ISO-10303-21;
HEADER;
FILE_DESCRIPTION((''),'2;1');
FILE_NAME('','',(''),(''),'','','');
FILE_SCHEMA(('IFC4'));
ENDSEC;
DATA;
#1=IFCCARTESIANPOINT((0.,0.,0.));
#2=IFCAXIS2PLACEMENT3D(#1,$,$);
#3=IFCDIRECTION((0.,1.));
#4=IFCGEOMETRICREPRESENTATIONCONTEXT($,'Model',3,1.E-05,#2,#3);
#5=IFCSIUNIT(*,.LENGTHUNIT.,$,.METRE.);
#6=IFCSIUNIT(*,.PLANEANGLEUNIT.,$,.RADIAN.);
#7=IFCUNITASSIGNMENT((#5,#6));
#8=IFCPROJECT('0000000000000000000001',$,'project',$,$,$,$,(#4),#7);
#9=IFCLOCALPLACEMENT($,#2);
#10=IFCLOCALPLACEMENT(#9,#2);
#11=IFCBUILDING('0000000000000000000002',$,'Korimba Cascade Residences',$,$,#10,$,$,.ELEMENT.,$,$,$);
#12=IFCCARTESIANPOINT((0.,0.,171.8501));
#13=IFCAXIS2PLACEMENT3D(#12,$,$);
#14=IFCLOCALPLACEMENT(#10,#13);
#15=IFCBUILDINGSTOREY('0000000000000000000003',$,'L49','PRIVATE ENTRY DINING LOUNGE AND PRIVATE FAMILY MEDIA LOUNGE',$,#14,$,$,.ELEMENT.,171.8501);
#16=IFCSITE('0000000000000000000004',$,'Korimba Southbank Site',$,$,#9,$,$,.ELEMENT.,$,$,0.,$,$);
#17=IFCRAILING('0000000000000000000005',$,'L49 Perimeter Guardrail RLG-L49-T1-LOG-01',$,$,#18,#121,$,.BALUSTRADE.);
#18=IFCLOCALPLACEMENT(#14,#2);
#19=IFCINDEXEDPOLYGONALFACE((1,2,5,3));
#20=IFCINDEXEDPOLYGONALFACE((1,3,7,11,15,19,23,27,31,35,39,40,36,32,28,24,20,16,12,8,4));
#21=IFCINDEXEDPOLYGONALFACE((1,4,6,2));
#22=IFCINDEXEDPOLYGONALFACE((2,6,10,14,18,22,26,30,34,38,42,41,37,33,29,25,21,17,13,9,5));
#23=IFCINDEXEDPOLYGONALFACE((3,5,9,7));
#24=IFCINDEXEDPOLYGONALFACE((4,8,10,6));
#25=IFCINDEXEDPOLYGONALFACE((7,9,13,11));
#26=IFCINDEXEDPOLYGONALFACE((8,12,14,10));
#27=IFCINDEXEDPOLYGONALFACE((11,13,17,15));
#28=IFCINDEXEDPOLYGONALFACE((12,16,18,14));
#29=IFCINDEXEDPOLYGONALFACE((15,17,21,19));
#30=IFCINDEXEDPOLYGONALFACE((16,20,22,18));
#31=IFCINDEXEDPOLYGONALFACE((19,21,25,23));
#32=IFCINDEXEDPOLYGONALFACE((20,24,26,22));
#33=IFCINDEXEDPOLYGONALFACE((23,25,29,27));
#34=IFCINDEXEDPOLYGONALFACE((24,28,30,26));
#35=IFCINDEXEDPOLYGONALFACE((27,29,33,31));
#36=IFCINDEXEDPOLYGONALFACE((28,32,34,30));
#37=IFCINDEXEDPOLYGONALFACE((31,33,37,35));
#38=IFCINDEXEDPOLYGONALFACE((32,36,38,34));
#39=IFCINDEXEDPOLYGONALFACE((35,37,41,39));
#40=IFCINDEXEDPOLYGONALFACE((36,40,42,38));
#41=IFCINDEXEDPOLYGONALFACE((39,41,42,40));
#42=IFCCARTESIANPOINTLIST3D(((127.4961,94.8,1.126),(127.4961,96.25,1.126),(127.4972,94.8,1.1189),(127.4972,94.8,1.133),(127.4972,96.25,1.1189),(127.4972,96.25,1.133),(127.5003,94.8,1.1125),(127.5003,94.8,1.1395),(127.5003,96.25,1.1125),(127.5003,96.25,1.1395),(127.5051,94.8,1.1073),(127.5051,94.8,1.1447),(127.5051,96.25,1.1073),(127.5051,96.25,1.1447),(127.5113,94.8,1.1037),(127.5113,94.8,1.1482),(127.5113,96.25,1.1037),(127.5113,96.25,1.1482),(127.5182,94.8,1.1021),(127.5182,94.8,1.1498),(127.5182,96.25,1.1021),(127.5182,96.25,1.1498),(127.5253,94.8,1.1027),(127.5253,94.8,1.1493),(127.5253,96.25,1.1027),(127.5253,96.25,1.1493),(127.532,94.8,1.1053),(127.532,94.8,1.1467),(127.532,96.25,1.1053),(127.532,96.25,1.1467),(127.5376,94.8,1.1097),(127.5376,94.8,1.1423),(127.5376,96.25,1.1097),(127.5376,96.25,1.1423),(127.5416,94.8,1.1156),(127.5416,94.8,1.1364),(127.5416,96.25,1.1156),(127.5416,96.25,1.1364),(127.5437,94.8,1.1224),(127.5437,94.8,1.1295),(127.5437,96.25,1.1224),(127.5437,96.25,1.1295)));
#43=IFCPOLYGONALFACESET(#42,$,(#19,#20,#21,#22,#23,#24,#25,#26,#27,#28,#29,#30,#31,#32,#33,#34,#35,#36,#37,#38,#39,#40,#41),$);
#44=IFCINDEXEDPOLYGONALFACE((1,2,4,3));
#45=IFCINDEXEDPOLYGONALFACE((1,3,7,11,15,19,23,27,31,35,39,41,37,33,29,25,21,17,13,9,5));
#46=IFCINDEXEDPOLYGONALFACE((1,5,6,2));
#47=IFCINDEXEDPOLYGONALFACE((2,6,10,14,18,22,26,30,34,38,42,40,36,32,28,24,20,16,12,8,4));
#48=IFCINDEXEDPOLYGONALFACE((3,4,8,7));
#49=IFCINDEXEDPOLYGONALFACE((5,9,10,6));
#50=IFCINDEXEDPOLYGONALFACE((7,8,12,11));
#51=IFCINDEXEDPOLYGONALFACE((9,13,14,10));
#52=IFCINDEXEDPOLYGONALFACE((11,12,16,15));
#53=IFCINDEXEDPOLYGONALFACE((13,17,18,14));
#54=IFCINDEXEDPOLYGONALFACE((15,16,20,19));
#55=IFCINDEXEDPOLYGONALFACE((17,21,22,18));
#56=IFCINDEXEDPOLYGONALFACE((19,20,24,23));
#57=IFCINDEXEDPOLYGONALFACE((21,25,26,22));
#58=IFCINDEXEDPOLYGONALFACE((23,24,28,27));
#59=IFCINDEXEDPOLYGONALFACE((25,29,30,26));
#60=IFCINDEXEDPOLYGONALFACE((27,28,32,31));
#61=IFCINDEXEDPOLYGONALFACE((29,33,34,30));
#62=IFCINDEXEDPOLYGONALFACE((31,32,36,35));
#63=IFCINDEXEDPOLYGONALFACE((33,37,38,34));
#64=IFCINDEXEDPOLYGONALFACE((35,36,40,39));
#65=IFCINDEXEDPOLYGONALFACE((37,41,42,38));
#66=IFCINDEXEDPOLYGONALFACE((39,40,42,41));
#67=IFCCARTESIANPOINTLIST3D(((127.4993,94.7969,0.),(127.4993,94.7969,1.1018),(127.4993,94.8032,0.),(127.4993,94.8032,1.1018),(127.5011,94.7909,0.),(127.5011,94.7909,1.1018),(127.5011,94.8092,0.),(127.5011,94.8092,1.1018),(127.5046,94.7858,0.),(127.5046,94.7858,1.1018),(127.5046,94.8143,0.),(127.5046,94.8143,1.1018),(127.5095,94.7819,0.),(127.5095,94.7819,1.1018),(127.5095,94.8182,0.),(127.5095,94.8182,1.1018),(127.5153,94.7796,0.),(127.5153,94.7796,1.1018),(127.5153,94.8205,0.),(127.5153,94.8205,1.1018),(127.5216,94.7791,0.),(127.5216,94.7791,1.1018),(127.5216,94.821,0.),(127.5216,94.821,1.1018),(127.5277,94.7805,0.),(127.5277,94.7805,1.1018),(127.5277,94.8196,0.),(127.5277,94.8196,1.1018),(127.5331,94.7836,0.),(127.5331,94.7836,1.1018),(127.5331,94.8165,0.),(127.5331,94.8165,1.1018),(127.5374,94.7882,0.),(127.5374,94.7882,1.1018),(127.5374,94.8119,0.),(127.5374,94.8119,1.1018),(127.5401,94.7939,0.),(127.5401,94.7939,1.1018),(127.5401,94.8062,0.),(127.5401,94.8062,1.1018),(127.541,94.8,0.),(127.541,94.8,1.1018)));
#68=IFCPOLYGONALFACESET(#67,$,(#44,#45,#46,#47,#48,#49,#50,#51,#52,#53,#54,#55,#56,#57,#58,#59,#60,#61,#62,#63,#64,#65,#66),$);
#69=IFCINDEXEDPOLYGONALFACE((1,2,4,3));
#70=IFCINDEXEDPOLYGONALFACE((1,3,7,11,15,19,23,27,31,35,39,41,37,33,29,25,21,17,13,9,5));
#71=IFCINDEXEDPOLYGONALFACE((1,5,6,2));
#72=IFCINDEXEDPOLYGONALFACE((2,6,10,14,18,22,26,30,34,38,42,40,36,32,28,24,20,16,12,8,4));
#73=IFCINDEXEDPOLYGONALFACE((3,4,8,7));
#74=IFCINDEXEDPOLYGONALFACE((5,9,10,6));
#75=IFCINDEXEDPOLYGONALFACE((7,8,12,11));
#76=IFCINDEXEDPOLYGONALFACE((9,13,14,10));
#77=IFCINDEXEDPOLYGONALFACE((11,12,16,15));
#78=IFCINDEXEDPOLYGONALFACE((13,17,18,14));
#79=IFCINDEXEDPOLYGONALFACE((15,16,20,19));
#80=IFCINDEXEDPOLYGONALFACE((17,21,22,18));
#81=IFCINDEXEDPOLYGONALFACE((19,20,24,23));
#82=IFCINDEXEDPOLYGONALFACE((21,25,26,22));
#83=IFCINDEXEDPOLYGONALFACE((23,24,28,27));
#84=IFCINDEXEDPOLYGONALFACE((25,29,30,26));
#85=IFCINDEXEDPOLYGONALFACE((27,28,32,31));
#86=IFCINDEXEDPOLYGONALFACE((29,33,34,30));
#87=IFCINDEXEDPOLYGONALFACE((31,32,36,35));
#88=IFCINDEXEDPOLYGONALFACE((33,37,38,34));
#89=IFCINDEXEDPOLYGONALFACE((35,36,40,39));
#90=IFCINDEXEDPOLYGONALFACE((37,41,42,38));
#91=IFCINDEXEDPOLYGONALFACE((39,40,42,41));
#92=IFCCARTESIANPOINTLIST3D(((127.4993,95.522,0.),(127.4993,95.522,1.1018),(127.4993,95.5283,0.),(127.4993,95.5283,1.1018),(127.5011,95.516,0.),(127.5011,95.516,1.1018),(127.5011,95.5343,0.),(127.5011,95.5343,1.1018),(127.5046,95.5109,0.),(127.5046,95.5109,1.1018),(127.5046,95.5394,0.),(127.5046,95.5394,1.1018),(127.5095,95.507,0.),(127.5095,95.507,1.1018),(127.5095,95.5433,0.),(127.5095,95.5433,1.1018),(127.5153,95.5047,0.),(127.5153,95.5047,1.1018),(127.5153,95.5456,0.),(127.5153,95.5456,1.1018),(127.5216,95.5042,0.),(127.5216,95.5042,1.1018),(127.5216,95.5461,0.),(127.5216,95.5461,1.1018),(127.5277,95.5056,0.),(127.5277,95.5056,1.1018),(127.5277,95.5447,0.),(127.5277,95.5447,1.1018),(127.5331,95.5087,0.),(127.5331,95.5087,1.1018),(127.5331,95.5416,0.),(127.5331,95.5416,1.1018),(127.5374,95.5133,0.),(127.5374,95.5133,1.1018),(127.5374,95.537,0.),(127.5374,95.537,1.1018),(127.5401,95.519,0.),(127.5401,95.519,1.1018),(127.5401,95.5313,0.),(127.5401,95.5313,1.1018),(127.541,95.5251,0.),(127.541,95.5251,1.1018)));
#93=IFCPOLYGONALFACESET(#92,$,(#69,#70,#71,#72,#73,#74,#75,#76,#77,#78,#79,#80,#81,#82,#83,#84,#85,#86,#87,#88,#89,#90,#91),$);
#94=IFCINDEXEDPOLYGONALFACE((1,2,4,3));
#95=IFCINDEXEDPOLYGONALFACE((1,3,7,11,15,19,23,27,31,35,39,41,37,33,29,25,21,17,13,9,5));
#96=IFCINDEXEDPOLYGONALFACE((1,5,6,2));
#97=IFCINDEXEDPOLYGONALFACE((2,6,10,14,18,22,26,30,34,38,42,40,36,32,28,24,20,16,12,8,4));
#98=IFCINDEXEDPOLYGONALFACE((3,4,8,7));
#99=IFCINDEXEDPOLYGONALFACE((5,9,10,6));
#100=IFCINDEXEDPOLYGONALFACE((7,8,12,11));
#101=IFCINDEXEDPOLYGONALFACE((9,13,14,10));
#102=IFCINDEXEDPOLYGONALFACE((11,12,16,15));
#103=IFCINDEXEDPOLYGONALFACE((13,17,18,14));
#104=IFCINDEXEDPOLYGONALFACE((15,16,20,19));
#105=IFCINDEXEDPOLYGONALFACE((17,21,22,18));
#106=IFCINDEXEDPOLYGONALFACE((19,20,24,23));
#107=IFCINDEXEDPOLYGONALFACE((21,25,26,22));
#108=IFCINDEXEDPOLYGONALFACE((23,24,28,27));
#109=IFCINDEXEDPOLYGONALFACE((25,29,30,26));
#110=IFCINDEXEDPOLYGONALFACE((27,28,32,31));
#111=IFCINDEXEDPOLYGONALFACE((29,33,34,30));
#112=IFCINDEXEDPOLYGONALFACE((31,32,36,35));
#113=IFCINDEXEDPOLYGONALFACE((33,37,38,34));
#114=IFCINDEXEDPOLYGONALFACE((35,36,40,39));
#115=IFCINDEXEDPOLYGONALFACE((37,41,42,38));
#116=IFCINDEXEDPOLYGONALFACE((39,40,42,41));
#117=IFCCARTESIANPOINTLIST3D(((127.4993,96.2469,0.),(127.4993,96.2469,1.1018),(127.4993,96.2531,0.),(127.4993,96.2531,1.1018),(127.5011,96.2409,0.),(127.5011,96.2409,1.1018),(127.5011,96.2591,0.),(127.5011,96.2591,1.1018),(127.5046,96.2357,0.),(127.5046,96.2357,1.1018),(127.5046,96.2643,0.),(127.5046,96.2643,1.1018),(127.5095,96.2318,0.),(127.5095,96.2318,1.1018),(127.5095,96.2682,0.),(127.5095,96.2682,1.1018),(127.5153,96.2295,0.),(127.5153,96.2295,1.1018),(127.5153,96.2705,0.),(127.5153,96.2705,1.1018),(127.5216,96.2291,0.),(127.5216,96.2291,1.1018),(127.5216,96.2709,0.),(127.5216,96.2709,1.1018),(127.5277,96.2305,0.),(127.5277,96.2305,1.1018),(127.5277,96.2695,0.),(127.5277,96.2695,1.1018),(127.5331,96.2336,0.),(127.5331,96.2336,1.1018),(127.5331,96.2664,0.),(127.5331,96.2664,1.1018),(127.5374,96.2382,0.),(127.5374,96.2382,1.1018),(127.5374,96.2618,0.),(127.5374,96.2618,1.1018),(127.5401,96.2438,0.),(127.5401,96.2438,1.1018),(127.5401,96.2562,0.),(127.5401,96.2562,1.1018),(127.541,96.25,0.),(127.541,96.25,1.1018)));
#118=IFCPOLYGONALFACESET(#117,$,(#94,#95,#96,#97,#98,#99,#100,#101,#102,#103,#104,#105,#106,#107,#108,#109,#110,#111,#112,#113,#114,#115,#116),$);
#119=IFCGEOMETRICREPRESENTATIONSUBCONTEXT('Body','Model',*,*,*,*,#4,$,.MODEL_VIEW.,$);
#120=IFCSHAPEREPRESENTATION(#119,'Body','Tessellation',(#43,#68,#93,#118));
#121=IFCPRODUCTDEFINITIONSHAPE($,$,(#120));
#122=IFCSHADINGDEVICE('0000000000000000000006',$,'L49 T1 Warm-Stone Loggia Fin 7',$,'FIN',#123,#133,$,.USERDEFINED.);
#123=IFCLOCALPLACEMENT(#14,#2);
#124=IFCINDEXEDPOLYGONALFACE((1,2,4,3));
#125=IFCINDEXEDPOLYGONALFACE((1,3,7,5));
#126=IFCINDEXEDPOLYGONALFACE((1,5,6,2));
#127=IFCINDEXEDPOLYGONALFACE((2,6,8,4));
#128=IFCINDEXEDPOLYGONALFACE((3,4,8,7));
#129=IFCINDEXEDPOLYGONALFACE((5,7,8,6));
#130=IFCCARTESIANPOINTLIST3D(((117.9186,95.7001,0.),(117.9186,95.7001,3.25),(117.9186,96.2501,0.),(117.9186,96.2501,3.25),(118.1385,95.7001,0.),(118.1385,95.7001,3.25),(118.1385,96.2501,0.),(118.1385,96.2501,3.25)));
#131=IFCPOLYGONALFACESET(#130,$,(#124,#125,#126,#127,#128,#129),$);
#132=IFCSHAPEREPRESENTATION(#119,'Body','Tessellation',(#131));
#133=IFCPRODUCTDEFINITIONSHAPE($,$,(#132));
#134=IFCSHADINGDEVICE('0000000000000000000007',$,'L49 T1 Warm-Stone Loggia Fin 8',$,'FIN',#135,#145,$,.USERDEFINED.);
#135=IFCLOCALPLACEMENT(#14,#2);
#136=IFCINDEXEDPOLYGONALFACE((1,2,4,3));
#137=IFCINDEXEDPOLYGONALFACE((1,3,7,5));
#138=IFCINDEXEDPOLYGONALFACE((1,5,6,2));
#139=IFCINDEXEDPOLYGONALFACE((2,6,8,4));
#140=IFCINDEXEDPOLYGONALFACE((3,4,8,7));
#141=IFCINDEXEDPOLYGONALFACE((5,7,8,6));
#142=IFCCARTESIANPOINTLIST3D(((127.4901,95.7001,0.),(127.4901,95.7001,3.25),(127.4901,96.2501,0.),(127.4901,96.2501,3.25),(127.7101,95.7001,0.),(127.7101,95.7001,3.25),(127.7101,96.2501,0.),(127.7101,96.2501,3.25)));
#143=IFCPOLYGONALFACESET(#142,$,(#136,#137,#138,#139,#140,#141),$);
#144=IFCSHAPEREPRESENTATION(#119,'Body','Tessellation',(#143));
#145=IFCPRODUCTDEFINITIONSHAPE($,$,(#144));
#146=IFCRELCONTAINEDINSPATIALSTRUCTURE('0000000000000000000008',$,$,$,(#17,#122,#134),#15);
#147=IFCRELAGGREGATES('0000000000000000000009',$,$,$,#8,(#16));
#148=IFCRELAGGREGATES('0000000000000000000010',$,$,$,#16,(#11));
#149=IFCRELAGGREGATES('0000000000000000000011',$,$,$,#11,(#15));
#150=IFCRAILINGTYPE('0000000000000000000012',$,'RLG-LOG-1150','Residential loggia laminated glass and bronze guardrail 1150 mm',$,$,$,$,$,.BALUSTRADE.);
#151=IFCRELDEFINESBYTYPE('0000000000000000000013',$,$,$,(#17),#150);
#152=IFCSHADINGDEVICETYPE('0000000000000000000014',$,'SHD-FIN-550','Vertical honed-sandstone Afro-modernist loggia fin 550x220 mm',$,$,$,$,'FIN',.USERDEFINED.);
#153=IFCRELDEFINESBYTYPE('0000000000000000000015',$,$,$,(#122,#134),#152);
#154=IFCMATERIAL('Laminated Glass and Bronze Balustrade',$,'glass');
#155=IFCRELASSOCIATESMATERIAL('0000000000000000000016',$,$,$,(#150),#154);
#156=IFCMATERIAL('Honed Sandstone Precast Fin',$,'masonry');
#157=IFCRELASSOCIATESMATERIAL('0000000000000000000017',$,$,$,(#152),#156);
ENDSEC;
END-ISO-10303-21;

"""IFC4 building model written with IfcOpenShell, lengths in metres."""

from ifc_helpers import new_model, si_unit, direction, frame, origin, origin_2d, place, context, subcontext, project, spatial, rectangle, circle, extrude, material, type_object, element, save


model = new_model("IFC4")

# Units and contexts
model_context = context("Model", 3, precision=1e-05, world=origin(), true_north=direction((0.0, 1.0)))
body_context = subcontext(model_context, "Body", "Model", "MODEL_VIEW")
ifc_project = project(units=[si_unit("LENGTHUNIT", "METRE"), si_unit("PLANEANGLEUNIT", "RADIAN")], contexts=[model_context])

# Site, building, storey
site_placement = place(None, origin())
site = spatial("IfcSite", under=ifc_project, at=site_placement, Name="Korimba Southbank Site", CompositionType="ELEMENT", RefElevation=0.0)
building_placement = place(site_placement, origin())
building = spatial("IfcBuilding", under=site, at=building_placement, Name="Korimba Cascade Residences", CompositionType="ELEMENT")
storey_placement = place(building_placement, frame((0.0, 0.0, 171.8501)))
storey = spatial("IfcBuildingStorey", under=building, at=storey_placement, Name="L49", Description="PRIVATE ENTRY DINING LOUNGE AND PRIVATE FAMILY MEDIA LOUNGE", CompositionType="ELEMENT", Elevation=171.8501)

# Railing
ifc_material_1 = material(Name="Laminated Glass and Bronze Balustrade", Category="glass")
railing_type = type_object("IfcRailingType", Name="RLG-LOG-1150", Description="Residential loggia laminated glass and bronze guardrail 1150 mm", PredefinedType="BALUSTRADE", material=ifc_material_1)
railing_placement = place(storey_placement, frame((127.52, 94.8, 0.0)))
element("IfcRailing", 1, at=railing_placement, inside=storey, type_object=railing_type, Name="L49 Perimeter Guardrail RLG-L49-T1-LOG-01", PredefinedType="BALUSTRADE", context=body_context, shape_type="SweptSolid", body=[
    extrude(circle(Radius=0.0239, at=origin_2d()), frame((0.0, 0.0, 1.126), z_axis=(0.0, 1.0, 0.0), x_axis=(-1.0, 0.0, 0.0)), (0.0, 0.0, 1.0), 1.45),
    extrude(circle(Radius=0.021, at=origin_2d()), origin(), (0.0, 0.0, 1.0), 1.1018),
    extrude(circle(Radius=0.021, at=origin_2d()), frame((0.0, 0.7251, 0.0)), (0.0, 0.0, 1.0), 1.1018),
    extrude(circle(Radius=0.021, at=origin_2d()), frame((0.0, 1.45, 0.0)), (0.0, 0.0, 1.0), 1.1018),
])

# Shading devices
ifc_material_2 = material(Name="Honed Sandstone Precast Fin", Category="masonry")
shading_device_type = type_object("IfcShadingDeviceType", Name="SHD-FIN-550", Description="Vertical honed-sandstone Afro-modernist loggia fin 550x220 mm", ElementType="FIN", PredefinedType="USERDEFINED", material=ifc_material_2)
for number, where, z_axis, x_axis, name in (
    (2, (118.0286, 95.9751, 0.0), (0.0, 0.0, 1.0), (1.0, 0.0, 0.0), "L49 T1 Warm-Stone Loggia Fin 7"),
    (3, (127.6001, 95.9751, 0.0), (0.0, 0.0, 1.0), (1.0, 0.0, 0.0), "L49 T1 Warm-Stone Loggia Fin 8"),
):
    element("IfcShadingDevice", number, at=place(storey_placement, frame(where, z_axis=z_axis, x_axis=x_axis)), inside=storey, type_object=shading_device_type, Name=name, ObjectType="FIN", PredefinedType="USERDEFINED", context=body_context, shape_type="SweptSolid", body=[
        extrude(rectangle(XDim=0.22, YDim=0.55, at=origin_2d()), origin(), (0.0, 0.0, 1.0), 3.25),
    ])

save(model, "model.ifc")
